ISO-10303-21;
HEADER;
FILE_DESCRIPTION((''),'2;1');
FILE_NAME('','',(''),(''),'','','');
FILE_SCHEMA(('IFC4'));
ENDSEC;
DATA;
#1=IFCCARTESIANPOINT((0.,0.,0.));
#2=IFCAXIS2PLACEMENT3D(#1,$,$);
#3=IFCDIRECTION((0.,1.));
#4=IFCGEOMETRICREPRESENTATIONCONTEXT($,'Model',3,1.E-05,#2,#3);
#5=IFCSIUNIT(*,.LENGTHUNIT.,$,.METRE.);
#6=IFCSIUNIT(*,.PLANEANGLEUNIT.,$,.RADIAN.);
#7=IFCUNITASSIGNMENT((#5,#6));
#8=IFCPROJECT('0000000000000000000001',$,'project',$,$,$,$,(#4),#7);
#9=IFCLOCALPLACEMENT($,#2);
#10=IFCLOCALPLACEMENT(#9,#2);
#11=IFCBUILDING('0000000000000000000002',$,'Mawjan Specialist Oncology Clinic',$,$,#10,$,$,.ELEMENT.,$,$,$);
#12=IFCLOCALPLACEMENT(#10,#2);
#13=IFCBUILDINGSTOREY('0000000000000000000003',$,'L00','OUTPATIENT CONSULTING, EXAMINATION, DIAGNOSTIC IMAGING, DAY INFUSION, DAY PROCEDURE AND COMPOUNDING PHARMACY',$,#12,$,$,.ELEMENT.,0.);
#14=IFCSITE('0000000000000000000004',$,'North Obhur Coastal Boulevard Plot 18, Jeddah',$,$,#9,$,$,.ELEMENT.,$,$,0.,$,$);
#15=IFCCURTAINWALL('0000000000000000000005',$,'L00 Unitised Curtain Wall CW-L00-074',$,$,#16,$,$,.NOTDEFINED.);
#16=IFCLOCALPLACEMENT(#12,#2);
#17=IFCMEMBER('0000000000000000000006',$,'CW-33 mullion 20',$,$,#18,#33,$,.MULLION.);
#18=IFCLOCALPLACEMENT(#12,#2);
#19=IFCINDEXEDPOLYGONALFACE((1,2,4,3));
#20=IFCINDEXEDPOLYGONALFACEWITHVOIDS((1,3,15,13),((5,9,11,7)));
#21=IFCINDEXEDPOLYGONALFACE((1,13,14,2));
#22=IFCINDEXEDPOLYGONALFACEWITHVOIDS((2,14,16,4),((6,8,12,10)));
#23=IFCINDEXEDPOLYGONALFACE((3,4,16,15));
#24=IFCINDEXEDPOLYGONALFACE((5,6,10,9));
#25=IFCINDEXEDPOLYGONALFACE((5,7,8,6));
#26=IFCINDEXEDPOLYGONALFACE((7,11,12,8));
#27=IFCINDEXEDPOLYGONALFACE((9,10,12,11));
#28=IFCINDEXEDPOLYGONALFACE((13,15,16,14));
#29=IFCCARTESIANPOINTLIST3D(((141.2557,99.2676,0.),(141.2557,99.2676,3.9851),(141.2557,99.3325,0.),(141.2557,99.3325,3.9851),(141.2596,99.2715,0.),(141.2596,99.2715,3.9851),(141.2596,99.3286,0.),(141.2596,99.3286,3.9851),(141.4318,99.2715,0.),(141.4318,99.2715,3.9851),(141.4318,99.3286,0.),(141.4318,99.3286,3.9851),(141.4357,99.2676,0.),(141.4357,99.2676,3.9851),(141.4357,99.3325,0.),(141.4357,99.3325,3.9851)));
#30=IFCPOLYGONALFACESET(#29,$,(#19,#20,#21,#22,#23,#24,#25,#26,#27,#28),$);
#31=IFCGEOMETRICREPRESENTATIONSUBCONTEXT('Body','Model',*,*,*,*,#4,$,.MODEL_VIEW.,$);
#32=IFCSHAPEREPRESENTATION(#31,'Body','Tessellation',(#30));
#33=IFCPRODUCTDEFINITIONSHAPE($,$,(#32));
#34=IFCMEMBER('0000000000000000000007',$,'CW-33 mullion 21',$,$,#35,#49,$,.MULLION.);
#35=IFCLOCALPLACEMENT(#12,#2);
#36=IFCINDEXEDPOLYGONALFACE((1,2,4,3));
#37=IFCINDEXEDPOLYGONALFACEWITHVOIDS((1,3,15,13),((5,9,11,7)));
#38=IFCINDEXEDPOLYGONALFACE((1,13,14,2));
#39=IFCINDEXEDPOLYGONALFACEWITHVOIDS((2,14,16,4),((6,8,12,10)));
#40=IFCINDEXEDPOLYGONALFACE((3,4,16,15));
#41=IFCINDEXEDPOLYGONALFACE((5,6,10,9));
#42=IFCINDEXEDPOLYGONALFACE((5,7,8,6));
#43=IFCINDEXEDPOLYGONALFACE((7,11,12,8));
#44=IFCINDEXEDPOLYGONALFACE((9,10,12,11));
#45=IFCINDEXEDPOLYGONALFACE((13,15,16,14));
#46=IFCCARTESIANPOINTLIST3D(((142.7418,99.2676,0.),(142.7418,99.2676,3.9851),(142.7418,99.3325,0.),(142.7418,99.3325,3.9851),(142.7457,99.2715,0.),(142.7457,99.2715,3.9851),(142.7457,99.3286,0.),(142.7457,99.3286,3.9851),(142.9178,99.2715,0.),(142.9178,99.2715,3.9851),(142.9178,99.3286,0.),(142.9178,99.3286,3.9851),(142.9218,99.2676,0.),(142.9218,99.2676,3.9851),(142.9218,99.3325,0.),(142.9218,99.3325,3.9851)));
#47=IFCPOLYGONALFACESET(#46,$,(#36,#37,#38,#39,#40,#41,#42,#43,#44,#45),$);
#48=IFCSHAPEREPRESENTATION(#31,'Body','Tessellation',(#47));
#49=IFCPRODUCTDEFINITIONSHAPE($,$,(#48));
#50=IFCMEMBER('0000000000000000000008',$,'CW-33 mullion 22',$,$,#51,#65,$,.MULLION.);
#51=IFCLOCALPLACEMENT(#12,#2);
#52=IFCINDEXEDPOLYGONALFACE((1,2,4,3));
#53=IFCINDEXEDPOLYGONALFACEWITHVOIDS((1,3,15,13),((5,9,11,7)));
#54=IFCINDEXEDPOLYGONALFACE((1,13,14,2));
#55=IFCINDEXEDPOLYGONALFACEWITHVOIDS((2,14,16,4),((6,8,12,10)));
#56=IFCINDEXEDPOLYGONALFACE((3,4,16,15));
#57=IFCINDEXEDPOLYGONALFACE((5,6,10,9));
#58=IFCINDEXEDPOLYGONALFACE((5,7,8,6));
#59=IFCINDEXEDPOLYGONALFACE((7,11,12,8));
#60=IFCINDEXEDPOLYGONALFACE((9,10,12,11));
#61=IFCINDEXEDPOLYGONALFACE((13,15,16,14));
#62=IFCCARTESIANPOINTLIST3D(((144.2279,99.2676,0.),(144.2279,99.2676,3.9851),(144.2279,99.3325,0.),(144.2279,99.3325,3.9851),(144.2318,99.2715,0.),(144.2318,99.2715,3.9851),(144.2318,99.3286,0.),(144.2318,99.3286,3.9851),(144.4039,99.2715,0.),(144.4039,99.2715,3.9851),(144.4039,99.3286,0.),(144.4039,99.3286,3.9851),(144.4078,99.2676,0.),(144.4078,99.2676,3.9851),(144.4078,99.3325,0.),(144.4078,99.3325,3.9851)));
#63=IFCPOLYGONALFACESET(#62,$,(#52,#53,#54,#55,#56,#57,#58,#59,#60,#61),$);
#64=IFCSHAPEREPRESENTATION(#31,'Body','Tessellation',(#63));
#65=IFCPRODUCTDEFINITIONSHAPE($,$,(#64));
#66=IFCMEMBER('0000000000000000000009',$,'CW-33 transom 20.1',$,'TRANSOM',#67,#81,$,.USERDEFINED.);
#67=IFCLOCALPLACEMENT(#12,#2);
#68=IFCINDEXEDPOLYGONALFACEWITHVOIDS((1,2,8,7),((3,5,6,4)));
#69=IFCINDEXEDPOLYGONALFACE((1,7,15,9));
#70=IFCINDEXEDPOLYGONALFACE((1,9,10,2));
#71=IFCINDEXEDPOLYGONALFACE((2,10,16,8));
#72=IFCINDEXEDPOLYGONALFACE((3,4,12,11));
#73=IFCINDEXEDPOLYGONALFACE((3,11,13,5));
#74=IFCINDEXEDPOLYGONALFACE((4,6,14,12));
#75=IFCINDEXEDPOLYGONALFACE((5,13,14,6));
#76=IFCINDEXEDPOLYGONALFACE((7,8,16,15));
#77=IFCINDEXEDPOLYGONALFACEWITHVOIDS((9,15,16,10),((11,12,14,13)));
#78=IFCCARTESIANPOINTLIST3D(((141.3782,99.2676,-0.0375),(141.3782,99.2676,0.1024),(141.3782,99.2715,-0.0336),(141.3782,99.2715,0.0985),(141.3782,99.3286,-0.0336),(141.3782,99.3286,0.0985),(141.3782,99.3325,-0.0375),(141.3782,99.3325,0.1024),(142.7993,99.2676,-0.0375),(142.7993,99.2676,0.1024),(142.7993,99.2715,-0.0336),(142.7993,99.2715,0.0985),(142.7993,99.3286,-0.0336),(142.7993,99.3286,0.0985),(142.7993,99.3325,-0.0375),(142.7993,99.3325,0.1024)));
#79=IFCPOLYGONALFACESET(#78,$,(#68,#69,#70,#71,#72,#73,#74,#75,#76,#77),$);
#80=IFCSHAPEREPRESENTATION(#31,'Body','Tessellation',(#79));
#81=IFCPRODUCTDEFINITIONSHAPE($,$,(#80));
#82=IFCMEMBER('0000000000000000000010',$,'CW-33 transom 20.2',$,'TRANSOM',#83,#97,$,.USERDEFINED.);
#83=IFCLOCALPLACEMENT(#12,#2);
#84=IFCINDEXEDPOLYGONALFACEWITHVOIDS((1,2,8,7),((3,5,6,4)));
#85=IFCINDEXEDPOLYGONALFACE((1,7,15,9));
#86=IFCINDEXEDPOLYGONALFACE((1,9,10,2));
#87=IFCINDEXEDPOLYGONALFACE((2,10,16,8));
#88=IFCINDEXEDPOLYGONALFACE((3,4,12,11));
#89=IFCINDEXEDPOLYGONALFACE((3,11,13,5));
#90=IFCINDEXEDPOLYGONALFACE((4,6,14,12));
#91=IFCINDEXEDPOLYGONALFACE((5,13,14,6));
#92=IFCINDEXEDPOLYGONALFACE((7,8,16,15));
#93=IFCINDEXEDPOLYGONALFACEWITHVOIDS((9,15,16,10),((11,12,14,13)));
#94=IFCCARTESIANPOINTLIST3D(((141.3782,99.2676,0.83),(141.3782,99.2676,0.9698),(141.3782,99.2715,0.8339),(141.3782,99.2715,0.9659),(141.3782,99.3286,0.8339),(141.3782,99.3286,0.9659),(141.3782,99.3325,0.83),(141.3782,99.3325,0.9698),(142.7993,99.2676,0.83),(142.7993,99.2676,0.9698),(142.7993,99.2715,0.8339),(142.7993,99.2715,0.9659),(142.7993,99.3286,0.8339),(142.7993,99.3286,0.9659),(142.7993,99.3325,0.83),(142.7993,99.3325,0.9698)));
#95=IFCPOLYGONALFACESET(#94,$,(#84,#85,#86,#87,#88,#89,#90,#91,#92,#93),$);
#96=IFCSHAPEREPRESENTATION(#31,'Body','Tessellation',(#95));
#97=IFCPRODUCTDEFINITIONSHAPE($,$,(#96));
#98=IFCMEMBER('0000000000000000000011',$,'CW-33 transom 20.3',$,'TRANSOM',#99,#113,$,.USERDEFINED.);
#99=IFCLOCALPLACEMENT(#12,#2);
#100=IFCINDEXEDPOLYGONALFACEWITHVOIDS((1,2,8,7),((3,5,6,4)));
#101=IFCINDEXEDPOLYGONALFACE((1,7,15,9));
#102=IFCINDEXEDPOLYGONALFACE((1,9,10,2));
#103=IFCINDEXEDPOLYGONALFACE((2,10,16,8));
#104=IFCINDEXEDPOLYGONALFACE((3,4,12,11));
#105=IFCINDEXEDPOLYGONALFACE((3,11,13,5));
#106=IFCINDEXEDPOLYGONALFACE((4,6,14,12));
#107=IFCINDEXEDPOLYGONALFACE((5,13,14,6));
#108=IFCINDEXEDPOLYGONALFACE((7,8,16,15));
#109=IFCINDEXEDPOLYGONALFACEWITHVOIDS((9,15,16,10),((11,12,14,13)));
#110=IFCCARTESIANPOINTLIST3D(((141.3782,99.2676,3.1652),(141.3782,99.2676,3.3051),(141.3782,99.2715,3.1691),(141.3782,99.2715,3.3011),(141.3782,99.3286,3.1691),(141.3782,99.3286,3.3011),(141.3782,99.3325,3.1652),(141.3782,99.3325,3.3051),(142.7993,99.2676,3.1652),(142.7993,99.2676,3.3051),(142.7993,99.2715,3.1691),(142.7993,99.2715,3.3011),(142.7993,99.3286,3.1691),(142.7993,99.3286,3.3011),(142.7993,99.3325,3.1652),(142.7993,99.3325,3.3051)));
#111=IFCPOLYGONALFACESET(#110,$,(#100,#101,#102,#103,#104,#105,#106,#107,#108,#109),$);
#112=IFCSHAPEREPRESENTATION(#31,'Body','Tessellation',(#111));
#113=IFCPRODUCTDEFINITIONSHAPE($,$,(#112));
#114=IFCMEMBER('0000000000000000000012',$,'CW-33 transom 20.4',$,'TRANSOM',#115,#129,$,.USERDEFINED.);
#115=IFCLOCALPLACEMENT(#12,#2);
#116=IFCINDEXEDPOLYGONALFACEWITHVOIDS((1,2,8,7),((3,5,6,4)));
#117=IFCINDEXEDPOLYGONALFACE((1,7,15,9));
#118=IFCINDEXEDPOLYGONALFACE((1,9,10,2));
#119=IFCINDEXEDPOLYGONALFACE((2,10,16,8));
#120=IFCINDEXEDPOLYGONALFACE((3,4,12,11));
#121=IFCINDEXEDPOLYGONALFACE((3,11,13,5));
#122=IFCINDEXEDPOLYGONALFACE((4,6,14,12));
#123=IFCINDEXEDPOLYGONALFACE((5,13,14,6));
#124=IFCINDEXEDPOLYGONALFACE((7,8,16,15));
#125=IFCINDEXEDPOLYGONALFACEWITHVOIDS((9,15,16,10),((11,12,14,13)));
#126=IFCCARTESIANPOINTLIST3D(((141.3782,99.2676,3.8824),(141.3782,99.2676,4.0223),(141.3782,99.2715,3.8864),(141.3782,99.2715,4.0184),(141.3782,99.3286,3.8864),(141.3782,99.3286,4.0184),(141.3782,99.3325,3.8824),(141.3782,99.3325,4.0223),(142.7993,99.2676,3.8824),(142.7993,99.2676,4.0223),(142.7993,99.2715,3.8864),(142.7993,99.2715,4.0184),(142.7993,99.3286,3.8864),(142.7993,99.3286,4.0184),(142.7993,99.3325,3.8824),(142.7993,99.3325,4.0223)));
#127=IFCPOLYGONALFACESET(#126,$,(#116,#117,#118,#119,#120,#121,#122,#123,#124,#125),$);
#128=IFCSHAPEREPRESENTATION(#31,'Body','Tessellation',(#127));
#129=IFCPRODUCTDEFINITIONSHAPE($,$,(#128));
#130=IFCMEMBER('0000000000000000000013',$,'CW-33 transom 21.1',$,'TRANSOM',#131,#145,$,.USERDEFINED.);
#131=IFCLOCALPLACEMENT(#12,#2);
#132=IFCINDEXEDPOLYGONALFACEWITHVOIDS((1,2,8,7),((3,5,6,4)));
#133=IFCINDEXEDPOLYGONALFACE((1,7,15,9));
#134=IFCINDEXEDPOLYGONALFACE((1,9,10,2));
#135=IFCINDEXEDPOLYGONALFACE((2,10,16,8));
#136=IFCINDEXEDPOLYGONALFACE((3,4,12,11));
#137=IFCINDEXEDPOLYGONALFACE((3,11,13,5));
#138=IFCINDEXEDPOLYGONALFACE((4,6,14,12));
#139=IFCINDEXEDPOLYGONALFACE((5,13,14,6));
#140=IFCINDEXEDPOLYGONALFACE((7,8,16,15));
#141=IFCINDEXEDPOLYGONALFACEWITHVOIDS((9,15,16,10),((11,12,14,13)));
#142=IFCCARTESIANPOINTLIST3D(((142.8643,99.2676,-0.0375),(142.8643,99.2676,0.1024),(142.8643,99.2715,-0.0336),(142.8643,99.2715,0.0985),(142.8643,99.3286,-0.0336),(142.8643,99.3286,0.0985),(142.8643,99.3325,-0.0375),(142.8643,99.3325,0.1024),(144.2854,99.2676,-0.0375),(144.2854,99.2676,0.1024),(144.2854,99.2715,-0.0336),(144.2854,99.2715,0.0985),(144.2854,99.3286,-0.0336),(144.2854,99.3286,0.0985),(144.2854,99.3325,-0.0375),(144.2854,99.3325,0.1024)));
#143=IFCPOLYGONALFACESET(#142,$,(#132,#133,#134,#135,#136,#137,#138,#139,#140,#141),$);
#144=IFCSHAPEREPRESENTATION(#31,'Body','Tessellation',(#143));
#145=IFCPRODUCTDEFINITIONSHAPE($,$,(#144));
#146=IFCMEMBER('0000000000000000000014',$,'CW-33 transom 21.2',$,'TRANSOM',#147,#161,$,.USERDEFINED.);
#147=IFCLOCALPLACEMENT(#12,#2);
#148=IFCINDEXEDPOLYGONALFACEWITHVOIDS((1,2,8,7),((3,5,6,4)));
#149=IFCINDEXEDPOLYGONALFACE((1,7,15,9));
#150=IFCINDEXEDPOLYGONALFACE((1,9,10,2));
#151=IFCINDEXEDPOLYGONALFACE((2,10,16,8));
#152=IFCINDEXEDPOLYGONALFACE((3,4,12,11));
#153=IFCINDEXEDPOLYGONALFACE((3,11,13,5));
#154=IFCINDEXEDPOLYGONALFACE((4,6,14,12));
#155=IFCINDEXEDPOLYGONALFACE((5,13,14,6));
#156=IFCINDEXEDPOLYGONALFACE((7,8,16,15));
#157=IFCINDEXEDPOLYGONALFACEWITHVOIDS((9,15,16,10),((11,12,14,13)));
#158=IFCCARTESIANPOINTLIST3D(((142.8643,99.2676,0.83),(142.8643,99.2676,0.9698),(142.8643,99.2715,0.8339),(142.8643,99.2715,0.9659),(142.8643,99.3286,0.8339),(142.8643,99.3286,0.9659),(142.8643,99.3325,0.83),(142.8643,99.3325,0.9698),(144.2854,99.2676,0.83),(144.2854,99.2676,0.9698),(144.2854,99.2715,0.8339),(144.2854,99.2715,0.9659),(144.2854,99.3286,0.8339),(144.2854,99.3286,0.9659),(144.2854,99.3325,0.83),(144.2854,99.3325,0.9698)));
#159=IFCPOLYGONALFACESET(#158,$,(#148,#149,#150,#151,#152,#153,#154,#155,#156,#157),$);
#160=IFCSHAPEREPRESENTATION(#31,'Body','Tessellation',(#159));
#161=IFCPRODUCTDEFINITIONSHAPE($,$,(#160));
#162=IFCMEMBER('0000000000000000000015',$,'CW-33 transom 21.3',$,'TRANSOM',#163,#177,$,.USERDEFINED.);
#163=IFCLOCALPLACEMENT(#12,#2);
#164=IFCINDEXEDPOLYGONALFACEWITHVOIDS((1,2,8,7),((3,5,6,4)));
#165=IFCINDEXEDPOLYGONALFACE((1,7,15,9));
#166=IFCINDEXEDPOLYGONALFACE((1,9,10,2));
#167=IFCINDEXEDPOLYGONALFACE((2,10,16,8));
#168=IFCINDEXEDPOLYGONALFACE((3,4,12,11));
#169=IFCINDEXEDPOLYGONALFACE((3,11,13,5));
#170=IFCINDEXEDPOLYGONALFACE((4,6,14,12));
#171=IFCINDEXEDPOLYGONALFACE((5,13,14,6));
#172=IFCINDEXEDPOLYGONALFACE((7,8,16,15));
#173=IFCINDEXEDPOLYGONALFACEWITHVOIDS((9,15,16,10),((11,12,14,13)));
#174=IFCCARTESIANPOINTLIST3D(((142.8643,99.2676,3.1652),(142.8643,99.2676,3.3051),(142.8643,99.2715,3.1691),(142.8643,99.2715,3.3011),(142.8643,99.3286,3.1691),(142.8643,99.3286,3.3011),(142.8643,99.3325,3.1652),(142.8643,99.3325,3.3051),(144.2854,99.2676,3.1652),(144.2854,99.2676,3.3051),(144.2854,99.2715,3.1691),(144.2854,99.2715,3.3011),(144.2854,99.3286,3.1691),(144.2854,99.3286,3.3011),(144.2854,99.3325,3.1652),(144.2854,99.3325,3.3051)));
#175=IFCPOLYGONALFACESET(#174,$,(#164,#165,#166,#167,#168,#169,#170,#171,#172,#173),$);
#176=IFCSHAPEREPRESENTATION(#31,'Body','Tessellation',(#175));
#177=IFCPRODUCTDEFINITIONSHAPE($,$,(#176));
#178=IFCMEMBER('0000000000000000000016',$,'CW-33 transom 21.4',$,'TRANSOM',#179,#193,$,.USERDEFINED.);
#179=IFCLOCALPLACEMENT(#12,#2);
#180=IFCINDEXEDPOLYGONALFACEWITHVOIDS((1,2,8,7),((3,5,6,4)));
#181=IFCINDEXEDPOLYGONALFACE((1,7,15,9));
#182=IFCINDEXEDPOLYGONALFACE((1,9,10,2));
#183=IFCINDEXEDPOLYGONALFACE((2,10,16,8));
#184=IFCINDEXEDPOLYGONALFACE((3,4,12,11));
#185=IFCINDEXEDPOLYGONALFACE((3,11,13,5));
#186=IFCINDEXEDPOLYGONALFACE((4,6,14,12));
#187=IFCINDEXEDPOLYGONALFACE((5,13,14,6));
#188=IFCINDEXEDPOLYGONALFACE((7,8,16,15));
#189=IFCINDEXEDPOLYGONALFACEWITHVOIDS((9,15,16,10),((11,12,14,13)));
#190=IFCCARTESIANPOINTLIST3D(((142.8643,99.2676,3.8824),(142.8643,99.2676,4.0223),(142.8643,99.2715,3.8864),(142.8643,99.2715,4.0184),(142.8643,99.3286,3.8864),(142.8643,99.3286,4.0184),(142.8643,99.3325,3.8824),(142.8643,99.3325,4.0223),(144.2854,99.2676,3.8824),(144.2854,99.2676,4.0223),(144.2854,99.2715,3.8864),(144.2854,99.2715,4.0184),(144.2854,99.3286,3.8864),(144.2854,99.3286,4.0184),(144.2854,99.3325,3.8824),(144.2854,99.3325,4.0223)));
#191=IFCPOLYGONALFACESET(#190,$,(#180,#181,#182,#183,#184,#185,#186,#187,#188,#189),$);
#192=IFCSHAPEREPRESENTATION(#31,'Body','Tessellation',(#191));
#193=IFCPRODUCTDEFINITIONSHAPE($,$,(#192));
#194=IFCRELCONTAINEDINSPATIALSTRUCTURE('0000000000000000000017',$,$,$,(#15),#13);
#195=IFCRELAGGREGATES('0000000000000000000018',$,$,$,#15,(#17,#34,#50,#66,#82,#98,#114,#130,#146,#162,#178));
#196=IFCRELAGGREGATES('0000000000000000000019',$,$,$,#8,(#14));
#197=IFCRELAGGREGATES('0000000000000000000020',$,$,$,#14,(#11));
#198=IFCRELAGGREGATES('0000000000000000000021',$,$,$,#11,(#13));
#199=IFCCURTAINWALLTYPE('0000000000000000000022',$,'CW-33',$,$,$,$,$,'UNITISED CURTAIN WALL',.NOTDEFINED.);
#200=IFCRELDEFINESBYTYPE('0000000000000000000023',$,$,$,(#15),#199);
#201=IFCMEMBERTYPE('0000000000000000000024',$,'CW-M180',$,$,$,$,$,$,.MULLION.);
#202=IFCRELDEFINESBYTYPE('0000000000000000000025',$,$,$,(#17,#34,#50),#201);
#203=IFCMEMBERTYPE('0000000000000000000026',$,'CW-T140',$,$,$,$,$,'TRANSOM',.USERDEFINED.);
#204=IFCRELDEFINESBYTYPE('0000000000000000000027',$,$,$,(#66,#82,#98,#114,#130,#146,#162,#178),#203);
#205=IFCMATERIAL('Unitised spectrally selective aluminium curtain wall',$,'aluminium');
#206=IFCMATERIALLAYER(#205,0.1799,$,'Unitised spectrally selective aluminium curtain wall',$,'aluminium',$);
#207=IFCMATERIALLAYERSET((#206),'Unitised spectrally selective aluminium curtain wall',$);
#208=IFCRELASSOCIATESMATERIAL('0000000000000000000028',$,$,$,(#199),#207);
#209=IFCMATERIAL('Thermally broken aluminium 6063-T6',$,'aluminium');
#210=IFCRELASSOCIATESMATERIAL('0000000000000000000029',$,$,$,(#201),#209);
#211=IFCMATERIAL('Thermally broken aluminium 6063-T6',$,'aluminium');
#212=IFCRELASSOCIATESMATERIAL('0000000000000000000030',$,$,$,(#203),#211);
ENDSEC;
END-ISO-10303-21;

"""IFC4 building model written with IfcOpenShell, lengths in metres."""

from ifc_helpers import new_model, si_unit, direction, frame, origin, origin_2d, place, context, subcontext, project, spatial, hollow_rectangle, extrude, material, layer, layer_set, material_profile, profile_set, type_object, element, aggregate, save


model = new_model("IFC4")

# Units and contexts
model_context = context("Model", 3, precision=1e-05, world=origin(), true_north=direction((0.0, 1.0)))
body_context = subcontext(model_context, "Body", "Model", "MODEL_VIEW")
ifc_project = project(units=[si_unit("LENGTHUNIT", "METRE"), si_unit("PLANEANGLEUNIT", "RADIAN")], contexts=[model_context])

# Site, building, storey
site_placement = place(None, origin())
site = spatial("IfcSite", under=ifc_project, at=site_placement, Name="North Obhur Coastal Boulevard Plot 18, Jeddah", CompositionType="ELEMENT", RefElevation=0.0)
building_placement = place(site_placement, origin())
building = spatial("IfcBuilding", under=site, at=building_placement, Name="Mawjan Specialist Oncology Clinic", CompositionType="ELEMENT")
storey_placement = place(building_placement, origin())
storey = spatial("IfcBuildingStorey", under=building, at=storey_placement, Name="L00", Description="OUTPATIENT CONSULTING, EXAMINATION, DIAGNOSTIC IMAGING, DAY INFUSION, DAY PROCEDURE AND COMPOUNDING PHARMACY", CompositionType="ELEMENT", Elevation=0.0)

# Curtain wall, members
ifc_material_1 = material(Name="Unitised spectrally selective aluminium curtain wall", Category="aluminium")
ifc_layer_1 = layer(ifc_material_1, 0.1799, Name="Unitised spectrally selective aluminium curtain wall", Category="aluminium")
ifc_layer_set_1 = layer_set([ifc_layer_1], Name="Unitised spectrally selective aluminium curtain wall")
curtain_wall_type = type_object("IfcCurtainWallType", Name="CW-33", ElementType="UNITISED CURTAIN WALL", PredefinedType="NOTDEFINED", material=ifc_layer_set_1)
curtain_wall_placement = place(storey_placement, origin())
curtain_wall = element("IfcCurtainWall", 1, at=curtain_wall_placement, inside=storey, type_object=curtain_wall_type, Name="L00 Unitised Curtain Wall CW-L00-074", PredefinedType="NOTDEFINED")
ifc_material_2 = material(Name="Thermally broken aluminium 6063-T6", Category="aluminium")
ifc_material_profile_1 = material_profile(ifc_material_2, hollow_rectangle(XDim=0.0649, YDim=0.1799, WallThickness=0.0039, at=origin_2d()), Name="ALU MULLION 180x65x4", Category="aluminium")
ifc_profile_set_1 = profile_set([ifc_material_profile_1], Name="Thermally broken aluminium 6063-T6")
member_type_1 = type_object("IfcMemberType", Name="CW-M180", PredefinedType="MULLION", material=ifc_profile_set_1)
member_1_placement = place(storey_placement, frame((141.3457, 99.3, 0.0), z_axis=(0.0, 0.0, 1.0), x_axis=(0.0, 1.0, 0.0)))
member_1 = element("IfcMember", 2, at=member_1_placement, type_object=member_type_1, Name="CW-33 mullion 20", PredefinedType="MULLION", context=body_context, shape_type="SweptSolid", body=[
    extrude(hollow_rectangle(XDim=0.0649, YDim=0.1799, WallThickness=0.0039, at=origin_2d()), origin(), (0.0, 0.0, 1.0), 3.9851),
])
member_2_placement = place(storey_placement, frame((142.8318, 99.3, 0.0), z_axis=(0.0, 0.0, 1.0), x_axis=(0.0, 1.0, 0.0)))
member_2 = element("IfcMember", 3, at=member_2_placement, type_object=member_type_1, Name="CW-33 mullion 21", PredefinedType="MULLION", context=body_context, shape_type="SweptSolid", body=[
    extrude(hollow_rectangle(XDim=0.0649, YDim=0.1799, WallThickness=0.0039, at=origin_2d()), origin(), (0.0, 0.0, 1.0), 3.9851),
])
member_3_placement = place(storey_placement, frame((144.3179, 99.3, 0.0), z_axis=(0.0, 0.0, 1.0), x_axis=(0.0, 1.0, 0.0)))
member_3 = element("IfcMember", 4, at=member_3_placement, type_object=member_type_1, Name="CW-33 mullion 22", PredefinedType="MULLION", context=body_context, shape_type="SweptSolid", body=[
    extrude(hollow_rectangle(XDim=0.0649, YDim=0.1799, WallThickness=0.0039, at=origin_2d()), origin(), (0.0, 0.0, 1.0), 3.9851),
])
ifc_material_3 = material(Name="Thermally broken aluminium 6063-T6", Category="aluminium")
ifc_material_profile_2 = material_profile(ifc_material_3, hollow_rectangle(XDim=0.0649, YDim=0.1399, WallThickness=0.0039, at=origin_2d()), Name="ALU TRANSOM 140x65x4", Category="aluminium")
ifc_profile_set_2 = profile_set([ifc_material_profile_2], Name="Thermally broken aluminium 6063-T6")
member_type_2 = type_object("IfcMemberType", Name="CW-T140", ElementType="TRANSOM", PredefinedType="USERDEFINED", material=ifc_profile_set_2)
member_4_placement = place(storey_placement, frame((141.3782, 99.3, 0.0325), z_axis=(1.0, 0.0, 0.0), x_axis=(0.0, 1.0, 0.0)))
member_4 = element("IfcMember", 5, at=member_4_placement, type_object=member_type_2, Name="CW-33 transom 20.1", ObjectType="TRANSOM", PredefinedType="USERDEFINED", context=body_context, shape_type="SweptSolid", body=[
    extrude(hollow_rectangle(XDim=0.0649, YDim=0.1399, WallThickness=0.0039, at=origin_2d()), origin(), (0.0, 0.0, 1.0), 1.4211),
])
member_5_placement = place(storey_placement, frame((141.3782, 99.3, 0.8999), z_axis=(1.0, 0.0, 0.0), x_axis=(0.0, 1.0, 0.0)))
member_5 = element("IfcMember", 6, at=member_5_placement, type_object=member_type_2, Name="CW-33 transom 20.2", ObjectType="TRANSOM", PredefinedType="USERDEFINED", context=body_context, shape_type="SweptSolid", body=[
    extrude(hollow_rectangle(XDim=0.0649, YDim=0.1399, WallThickness=0.0039, at=origin_2d()), origin(), (0.0, 0.0, 1.0), 1.4211),
])
member_6_placement = place(storey_placement, frame((141.3782, 99.3, 3.2351), z_axis=(1.0, 0.0, 0.0), x_axis=(0.0, 1.0, 0.0)))
member_6 = element("IfcMember", 7, at=member_6_placement, type_object=member_type_2, Name="CW-33 transom 20.3", ObjectType="TRANSOM", PredefinedType="USERDEFINED", context=body_context, shape_type="SweptSolid", body=[
    extrude(hollow_rectangle(XDim=0.0649, YDim=0.1399, WallThickness=0.0039, at=origin_2d()), origin(), (0.0, 0.0, 1.0), 1.4211),
])
member_7_placement = place(storey_placement, frame((141.3782, 99.3, 3.9524), z_axis=(1.0, 0.0, 0.0), x_axis=(0.0, 1.0, 0.0)))
member_7 = element("IfcMember", 8, at=member_7_placement, type_object=member_type_2, Name="CW-33 transom 20.4", ObjectType="TRANSOM", PredefinedType="USERDEFINED", context=body_context, shape_type="SweptSolid", body=[
    extrude(hollow_rectangle(XDim=0.0649, YDim=0.1399, WallThickness=0.0039, at=origin_2d()), origin(), (0.0, 0.0, 1.0), 1.4211),
])
member_8_placement = place(storey_placement, frame((142.8643, 99.3, 0.0325), z_axis=(1.0, 0.0, 0.0), x_axis=(0.0, 1.0, 0.0)))
member_8 = element("IfcMember", 9, at=member_8_placement, type_object=member_type_2, Name="CW-33 transom 21.1", ObjectType="TRANSOM", PredefinedType="USERDEFINED", context=body_context, shape_type="SweptSolid", body=[
    extrude(hollow_rectangle(XDim=0.0649, YDim=0.1399, WallThickness=0.0039, at=origin_2d()), origin(), (0.0, 0.0, 1.0), 1.4211),
])
member_9_placement = place(storey_placement, frame((142.8643, 99.3, 0.8999), z_axis=(1.0, 0.0, 0.0), x_axis=(0.0, 1.0, 0.0)))
member_9 = element("IfcMember", 10, at=member_9_placement, type_object=member_type_2, Name="CW-33 transom 21.2", ObjectType="TRANSOM", PredefinedType="USERDEFINED", context=body_context, shape_type="SweptSolid", body=[
    extrude(hollow_rectangle(XDim=0.0649, YDim=0.1399, WallThickness=0.0039, at=origin_2d()), origin(), (0.0, 0.0, 1.0), 1.4211),
])
member_10_placement = place(storey_placement, frame((142.8643, 99.3, 3.2351), z_axis=(1.0, 0.0, 0.0), x_axis=(0.0, 1.0, 0.0)))
member_10 = element("IfcMember", 11, at=member_10_placement, type_object=member_type_2, Name="CW-33 transom 21.3", ObjectType="TRANSOM", PredefinedType="USERDEFINED", context=body_context, shape_type="SweptSolid", body=[
    extrude(hollow_rectangle(XDim=0.0649, YDim=0.1399, WallThickness=0.0039, at=origin_2d()), origin(), (0.0, 0.0, 1.0), 1.4211),
])
member_11_placement = place(storey_placement, frame((142.8643, 99.3, 3.9524), z_axis=(1.0, 0.0, 0.0), x_axis=(0.0, 1.0, 0.0)))
member_11 = element("IfcMember", 12, at=member_11_placement, type_object=member_type_2, Name="CW-33 transom 21.4", ObjectType="TRANSOM", PredefinedType="USERDEFINED", context=body_context, shape_type="SweptSolid", body=[
    extrude(hollow_rectangle(XDim=0.0649, YDim=0.1399, WallThickness=0.0039, at=origin_2d()), origin(), (0.0, 0.0, 1.0), 1.4211),
])
aggregate(curtain_wall, [member_1, member_2, member_3, member_4, member_5, member_6, member_7, member_8, member_9, member_10, member_11])

save(model, "model.ifc")
